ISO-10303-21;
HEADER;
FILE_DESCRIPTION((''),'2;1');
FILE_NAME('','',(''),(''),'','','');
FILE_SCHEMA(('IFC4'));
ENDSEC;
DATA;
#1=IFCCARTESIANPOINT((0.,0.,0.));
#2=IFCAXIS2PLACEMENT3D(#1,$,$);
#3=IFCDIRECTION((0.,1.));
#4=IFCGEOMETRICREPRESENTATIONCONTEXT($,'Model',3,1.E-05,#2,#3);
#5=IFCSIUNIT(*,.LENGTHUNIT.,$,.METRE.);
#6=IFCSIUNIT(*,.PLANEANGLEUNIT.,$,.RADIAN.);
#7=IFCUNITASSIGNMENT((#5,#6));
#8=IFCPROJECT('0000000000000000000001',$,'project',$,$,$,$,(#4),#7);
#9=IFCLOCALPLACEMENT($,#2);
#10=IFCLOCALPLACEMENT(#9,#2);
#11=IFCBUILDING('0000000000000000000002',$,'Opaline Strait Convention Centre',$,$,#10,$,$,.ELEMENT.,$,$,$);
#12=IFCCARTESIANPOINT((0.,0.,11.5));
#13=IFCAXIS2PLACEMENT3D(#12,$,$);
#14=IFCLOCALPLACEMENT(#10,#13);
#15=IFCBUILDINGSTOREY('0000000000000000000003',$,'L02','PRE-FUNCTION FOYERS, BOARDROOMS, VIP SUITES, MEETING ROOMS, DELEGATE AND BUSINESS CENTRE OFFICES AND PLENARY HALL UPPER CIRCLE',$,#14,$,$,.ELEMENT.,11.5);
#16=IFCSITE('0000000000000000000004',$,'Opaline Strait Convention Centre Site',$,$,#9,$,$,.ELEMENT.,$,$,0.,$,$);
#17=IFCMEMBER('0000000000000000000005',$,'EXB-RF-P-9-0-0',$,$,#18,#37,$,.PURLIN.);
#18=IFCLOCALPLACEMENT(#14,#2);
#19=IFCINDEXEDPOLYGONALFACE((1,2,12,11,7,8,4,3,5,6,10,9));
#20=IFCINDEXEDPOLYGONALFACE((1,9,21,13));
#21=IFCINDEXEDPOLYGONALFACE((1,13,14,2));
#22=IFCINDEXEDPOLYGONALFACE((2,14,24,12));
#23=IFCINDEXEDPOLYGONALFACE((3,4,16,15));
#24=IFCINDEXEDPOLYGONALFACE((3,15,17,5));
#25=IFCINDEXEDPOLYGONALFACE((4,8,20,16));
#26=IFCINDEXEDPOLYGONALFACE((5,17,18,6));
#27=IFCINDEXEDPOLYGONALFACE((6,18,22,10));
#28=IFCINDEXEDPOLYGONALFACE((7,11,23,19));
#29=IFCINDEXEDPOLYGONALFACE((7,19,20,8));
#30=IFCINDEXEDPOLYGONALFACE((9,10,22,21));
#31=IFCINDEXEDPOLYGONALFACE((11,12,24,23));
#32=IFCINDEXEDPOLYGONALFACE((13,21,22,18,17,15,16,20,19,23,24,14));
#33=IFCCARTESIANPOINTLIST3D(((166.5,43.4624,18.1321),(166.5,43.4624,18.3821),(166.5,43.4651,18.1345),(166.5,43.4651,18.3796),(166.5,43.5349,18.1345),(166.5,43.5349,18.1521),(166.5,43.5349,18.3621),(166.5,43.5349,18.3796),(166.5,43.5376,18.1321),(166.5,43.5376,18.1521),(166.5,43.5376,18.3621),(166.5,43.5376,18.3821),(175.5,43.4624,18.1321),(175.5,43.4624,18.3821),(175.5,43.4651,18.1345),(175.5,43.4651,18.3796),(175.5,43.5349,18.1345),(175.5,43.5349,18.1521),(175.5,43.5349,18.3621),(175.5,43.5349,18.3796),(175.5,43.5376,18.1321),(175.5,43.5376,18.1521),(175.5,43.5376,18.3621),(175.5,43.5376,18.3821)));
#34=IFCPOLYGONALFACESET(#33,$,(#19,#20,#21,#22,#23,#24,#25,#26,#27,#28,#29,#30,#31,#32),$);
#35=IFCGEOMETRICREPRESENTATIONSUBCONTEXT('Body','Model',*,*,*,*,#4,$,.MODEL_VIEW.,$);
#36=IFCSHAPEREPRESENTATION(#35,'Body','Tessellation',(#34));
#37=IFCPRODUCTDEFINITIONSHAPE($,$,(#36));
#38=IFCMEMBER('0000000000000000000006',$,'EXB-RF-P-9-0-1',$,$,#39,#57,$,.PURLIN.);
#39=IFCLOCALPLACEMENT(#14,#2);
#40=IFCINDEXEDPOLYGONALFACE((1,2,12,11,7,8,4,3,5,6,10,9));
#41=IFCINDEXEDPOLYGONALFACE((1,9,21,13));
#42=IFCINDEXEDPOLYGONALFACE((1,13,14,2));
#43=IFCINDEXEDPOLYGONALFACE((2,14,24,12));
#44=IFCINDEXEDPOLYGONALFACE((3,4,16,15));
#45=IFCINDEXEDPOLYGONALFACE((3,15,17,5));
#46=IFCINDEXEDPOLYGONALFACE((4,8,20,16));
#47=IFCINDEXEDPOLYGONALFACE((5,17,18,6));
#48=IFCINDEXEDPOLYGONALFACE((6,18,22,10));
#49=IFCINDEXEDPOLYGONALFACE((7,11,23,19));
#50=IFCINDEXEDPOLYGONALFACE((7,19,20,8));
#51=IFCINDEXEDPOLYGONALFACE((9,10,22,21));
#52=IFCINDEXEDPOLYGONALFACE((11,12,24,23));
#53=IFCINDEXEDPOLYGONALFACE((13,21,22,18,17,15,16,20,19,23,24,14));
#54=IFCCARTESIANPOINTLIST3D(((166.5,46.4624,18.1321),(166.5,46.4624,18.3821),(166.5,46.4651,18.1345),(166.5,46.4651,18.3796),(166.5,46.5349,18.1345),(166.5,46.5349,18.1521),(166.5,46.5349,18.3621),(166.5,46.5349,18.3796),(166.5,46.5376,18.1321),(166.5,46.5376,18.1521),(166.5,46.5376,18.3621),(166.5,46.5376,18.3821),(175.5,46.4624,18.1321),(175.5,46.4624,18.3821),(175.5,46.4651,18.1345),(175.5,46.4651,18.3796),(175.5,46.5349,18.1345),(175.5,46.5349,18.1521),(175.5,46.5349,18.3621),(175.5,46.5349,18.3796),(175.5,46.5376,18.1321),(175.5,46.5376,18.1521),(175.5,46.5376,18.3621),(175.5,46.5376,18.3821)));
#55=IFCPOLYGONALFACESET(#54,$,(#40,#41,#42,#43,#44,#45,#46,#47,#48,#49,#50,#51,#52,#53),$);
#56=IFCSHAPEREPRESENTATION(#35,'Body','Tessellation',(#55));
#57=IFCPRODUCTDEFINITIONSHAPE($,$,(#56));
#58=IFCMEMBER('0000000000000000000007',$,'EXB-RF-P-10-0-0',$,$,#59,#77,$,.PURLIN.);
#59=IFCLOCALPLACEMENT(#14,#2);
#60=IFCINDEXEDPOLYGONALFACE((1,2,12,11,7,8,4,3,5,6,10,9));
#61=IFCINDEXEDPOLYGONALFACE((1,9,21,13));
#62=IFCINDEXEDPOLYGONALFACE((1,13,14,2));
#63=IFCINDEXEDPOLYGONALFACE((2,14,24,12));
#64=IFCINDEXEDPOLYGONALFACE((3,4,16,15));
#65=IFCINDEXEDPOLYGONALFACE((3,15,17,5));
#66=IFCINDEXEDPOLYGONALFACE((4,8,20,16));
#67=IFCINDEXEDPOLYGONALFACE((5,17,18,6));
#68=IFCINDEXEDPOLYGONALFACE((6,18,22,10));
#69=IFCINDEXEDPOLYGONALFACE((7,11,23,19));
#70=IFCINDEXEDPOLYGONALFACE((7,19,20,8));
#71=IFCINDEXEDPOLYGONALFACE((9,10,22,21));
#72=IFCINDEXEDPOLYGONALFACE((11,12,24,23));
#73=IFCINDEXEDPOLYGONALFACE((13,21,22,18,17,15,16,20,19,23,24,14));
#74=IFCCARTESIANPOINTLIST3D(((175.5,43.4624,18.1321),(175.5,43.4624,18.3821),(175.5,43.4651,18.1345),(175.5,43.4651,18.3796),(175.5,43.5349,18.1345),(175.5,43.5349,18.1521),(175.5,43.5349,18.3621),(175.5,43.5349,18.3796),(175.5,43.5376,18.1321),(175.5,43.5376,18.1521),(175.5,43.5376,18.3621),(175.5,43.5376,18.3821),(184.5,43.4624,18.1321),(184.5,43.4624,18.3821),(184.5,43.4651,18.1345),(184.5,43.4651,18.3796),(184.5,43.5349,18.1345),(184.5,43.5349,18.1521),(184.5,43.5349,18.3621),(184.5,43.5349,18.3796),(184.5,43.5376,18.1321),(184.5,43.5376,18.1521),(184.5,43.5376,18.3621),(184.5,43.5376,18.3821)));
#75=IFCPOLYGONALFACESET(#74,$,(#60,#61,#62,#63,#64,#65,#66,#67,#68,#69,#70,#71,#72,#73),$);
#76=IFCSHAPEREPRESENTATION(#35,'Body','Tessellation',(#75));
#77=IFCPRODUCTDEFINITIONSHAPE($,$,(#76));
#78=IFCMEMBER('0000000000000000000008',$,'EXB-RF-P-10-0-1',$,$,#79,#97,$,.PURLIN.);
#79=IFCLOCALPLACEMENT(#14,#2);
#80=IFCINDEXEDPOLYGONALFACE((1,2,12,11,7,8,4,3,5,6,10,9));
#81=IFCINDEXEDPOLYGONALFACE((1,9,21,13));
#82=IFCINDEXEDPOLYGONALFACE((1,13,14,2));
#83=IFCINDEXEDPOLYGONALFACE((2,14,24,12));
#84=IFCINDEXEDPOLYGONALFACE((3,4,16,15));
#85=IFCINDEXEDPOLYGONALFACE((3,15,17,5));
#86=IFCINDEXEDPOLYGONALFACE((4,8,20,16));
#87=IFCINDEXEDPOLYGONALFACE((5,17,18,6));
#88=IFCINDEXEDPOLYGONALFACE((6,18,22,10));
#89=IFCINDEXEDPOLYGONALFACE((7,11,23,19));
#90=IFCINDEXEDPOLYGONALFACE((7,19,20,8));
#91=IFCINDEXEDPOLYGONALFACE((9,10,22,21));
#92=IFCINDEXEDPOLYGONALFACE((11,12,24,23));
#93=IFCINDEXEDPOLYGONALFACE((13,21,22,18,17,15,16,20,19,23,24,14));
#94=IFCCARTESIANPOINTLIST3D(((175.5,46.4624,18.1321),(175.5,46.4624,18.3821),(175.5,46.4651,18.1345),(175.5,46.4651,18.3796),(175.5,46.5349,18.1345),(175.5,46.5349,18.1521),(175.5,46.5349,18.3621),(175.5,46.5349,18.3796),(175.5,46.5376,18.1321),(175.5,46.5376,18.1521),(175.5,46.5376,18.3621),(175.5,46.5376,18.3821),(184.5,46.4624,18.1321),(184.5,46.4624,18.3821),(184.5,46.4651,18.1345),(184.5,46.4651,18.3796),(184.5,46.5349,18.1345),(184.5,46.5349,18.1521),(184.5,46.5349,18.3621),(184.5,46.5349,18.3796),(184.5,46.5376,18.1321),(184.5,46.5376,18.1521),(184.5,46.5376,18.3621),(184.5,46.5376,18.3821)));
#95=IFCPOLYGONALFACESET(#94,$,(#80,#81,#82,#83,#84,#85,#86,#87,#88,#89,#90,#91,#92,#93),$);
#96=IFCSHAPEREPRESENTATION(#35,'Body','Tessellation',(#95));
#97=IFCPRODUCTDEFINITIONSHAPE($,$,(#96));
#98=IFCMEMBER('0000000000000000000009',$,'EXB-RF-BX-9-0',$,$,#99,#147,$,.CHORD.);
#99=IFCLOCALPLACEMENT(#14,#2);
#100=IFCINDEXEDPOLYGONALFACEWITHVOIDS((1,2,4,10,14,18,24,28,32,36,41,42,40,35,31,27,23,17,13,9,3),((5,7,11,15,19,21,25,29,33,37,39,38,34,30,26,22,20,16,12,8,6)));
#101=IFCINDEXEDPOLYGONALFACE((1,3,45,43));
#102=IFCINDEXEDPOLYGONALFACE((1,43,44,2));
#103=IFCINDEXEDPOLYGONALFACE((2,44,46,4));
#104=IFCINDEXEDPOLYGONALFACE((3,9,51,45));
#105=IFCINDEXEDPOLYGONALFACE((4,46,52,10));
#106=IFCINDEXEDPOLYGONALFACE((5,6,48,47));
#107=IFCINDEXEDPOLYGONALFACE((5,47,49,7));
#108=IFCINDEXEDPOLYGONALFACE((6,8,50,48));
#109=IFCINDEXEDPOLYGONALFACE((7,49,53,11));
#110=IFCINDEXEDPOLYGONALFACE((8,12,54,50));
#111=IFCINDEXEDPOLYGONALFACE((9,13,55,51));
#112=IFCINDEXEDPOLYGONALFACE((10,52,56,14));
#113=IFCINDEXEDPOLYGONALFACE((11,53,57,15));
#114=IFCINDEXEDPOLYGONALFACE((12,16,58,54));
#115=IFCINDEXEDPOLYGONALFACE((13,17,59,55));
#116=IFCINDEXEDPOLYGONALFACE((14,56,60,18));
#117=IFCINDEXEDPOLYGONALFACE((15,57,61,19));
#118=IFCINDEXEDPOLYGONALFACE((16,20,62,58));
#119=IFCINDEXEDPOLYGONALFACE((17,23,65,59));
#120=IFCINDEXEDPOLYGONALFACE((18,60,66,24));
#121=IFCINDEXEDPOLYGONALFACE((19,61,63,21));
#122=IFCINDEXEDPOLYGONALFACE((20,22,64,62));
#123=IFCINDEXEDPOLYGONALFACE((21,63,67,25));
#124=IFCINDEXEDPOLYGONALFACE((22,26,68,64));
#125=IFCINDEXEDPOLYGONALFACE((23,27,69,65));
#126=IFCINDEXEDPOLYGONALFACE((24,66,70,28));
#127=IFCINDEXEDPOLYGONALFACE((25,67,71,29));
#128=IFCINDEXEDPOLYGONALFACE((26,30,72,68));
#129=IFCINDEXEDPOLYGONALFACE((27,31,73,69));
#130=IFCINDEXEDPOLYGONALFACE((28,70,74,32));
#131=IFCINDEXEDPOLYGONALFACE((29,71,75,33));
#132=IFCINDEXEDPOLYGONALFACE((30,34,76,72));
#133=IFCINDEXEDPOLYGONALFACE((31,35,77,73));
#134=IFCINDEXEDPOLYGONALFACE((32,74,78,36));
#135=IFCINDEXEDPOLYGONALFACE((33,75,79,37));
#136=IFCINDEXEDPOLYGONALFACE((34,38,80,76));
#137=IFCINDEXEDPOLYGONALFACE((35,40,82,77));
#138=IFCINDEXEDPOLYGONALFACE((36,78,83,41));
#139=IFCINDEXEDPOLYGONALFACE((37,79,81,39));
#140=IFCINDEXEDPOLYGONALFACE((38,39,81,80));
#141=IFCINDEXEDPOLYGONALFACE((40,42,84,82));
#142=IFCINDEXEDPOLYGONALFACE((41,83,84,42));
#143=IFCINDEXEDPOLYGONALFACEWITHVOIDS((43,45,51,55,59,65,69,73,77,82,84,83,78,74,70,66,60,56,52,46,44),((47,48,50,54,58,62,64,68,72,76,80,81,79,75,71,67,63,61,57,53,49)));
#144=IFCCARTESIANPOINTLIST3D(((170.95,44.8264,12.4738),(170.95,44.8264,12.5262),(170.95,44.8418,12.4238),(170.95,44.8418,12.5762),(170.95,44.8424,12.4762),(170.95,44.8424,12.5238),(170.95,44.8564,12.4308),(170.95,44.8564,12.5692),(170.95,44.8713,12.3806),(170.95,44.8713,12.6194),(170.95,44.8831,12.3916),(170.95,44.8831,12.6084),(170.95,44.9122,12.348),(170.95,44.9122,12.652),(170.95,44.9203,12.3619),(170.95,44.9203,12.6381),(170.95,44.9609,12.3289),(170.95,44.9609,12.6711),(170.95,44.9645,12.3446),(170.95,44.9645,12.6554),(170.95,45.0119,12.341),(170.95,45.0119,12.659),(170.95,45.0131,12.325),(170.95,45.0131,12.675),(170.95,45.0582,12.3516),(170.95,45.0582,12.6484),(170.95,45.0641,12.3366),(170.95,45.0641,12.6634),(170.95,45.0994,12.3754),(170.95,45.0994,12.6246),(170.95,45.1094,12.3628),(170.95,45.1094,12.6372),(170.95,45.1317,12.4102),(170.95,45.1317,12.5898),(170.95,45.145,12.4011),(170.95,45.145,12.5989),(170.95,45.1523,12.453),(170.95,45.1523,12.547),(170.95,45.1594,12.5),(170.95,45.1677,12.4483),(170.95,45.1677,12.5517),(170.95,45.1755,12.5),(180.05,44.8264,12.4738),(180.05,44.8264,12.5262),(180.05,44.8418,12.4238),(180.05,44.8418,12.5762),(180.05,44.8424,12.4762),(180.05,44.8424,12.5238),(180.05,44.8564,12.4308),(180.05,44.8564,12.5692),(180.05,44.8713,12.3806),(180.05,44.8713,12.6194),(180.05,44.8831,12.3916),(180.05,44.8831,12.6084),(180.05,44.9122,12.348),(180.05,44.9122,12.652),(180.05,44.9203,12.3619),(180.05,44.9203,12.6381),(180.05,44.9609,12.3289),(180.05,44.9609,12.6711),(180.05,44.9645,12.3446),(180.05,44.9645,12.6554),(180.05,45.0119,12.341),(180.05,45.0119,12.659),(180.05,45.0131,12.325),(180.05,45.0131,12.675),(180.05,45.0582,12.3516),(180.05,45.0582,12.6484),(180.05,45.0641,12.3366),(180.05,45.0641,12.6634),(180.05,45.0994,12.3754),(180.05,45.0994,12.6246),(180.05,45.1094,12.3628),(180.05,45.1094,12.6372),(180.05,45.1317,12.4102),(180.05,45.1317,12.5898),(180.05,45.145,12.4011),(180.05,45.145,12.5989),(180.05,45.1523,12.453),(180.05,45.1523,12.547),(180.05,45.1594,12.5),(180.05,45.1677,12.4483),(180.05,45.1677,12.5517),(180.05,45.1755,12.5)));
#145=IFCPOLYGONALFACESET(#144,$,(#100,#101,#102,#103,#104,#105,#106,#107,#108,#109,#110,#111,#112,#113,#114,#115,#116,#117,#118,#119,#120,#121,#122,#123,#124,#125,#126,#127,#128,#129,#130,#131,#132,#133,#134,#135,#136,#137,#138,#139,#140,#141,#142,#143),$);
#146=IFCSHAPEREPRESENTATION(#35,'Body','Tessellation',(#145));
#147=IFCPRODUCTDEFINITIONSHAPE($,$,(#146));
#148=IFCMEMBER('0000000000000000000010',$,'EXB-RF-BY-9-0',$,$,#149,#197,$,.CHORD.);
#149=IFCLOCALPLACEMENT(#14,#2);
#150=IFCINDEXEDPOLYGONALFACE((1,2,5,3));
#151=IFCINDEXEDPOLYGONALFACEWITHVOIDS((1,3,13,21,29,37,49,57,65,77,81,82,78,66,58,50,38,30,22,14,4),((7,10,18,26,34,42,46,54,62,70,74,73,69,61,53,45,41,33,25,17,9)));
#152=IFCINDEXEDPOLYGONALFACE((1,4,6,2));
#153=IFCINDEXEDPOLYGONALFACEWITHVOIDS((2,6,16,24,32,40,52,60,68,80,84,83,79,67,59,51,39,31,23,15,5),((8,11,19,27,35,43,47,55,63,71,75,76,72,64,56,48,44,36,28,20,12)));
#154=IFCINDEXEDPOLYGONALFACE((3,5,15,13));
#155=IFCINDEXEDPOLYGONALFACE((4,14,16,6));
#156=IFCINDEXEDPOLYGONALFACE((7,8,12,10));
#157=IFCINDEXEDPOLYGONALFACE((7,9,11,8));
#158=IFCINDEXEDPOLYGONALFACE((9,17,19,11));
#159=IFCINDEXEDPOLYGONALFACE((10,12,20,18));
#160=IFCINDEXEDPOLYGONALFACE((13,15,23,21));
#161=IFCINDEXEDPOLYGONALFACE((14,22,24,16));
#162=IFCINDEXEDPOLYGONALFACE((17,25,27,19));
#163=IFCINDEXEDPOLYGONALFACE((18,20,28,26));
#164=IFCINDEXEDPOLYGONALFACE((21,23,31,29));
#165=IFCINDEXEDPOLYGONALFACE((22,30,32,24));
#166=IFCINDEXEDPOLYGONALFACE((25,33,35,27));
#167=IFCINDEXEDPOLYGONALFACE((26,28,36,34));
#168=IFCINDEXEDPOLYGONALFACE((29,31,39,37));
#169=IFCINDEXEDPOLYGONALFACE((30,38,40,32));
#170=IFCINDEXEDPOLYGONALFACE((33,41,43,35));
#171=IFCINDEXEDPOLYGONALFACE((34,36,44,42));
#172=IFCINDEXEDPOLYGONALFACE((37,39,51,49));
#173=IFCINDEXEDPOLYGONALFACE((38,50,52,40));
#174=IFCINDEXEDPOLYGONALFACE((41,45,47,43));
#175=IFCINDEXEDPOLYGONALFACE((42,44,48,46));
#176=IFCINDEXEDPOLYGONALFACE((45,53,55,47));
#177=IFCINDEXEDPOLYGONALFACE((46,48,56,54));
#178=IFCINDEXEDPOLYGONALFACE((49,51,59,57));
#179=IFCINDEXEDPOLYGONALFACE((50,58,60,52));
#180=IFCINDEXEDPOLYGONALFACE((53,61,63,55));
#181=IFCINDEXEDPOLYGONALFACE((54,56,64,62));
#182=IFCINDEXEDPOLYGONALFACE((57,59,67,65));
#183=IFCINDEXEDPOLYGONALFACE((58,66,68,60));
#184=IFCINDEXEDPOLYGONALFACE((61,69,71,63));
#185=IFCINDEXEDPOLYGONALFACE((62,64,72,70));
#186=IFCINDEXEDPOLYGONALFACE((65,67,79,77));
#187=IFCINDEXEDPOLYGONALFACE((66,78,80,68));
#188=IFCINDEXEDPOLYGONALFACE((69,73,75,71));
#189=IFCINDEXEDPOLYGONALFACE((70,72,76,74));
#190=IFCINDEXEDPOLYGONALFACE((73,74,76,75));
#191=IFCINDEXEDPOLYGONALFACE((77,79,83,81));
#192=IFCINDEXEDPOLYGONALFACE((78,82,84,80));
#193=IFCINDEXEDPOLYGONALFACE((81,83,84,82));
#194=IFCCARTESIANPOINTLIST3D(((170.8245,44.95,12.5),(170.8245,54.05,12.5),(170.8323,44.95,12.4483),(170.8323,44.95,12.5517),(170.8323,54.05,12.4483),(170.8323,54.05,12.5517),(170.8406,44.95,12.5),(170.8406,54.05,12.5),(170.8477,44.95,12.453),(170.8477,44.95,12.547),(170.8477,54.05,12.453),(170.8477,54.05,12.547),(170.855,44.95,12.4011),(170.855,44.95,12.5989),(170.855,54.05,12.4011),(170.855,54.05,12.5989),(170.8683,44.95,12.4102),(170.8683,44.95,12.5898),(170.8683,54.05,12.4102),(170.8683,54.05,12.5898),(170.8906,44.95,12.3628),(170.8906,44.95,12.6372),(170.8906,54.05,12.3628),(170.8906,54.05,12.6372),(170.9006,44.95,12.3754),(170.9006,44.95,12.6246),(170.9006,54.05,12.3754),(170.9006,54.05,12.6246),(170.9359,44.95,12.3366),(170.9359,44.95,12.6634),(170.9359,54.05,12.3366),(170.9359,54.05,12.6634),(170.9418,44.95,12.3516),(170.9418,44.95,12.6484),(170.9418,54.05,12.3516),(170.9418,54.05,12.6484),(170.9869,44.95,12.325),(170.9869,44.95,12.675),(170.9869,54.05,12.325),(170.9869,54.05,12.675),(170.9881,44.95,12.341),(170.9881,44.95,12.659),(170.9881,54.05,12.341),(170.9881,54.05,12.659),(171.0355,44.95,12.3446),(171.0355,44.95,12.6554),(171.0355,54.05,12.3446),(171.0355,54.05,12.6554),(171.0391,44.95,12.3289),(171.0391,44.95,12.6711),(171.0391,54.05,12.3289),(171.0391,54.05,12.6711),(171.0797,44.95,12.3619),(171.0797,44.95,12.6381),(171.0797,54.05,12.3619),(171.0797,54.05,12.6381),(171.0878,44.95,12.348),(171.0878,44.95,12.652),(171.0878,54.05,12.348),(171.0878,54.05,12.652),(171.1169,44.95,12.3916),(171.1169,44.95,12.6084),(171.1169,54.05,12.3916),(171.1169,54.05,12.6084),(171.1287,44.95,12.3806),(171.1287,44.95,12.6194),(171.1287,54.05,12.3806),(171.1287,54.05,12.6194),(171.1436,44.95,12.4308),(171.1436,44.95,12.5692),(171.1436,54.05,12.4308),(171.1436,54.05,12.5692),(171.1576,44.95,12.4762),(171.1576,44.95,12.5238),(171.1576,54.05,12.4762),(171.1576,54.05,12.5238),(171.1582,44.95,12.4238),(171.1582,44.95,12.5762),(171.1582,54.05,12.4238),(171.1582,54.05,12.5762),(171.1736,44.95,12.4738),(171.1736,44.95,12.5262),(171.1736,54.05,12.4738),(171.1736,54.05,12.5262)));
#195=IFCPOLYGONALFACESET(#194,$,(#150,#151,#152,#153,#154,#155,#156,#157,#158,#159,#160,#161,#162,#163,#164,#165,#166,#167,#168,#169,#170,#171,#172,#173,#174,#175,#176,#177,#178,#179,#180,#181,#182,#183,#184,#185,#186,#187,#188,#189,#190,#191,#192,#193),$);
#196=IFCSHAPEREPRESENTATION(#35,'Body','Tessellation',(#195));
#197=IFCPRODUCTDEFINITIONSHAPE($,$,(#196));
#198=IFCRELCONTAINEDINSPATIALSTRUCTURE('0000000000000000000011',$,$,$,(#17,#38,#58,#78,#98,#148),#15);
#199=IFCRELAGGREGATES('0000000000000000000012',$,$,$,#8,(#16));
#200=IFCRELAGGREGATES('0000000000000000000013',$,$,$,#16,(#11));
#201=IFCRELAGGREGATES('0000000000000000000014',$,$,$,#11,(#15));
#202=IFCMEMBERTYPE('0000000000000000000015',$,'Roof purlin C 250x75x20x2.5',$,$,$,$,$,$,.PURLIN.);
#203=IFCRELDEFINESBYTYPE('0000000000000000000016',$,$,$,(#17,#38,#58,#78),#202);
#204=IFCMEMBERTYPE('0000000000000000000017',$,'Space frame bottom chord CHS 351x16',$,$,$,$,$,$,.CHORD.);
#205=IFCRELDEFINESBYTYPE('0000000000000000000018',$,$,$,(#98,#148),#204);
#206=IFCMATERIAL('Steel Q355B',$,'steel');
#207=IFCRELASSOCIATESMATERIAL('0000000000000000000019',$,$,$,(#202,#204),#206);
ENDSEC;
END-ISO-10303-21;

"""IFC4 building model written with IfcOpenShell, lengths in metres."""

from ifc_helpers import new_model, si_unit, direction, frame, origin, origin_2d, place, context, subcontext, project, spatial, polyline, hollow_circle, outline, extrude, material, material_profile, profile_set, type_object, element, save


model = new_model("IFC4")

# Units and contexts
model_context = context("Model", 3, precision=1e-05, world=origin(), true_north=direction((0.0, 1.0)))
body_context = subcontext(model_context, "Body", "Model", "MODEL_VIEW")
ifc_project = project(units=[si_unit("LENGTHUNIT", "METRE"), si_unit("PLANEANGLEUNIT", "RADIAN")], contexts=[model_context])

# Site, building, storey
site_placement = place(None, origin())
site = spatial("IfcSite", under=ifc_project, at=site_placement, Name="Opaline Strait Convention Centre Site", CompositionType="ELEMENT", RefElevation=0.0)
building_placement = place(site_placement, origin())
building = spatial("IfcBuilding", under=site, at=building_placement, Name="Opaline Strait Convention Centre", CompositionType="ELEMENT")
storey_placement = place(building_placement, frame((0.0, 0.0, 11.5)))
storey = spatial("IfcBuildingStorey", under=building, at=storey_placement, Name="L02", Description="PRE-FUNCTION FOYERS, BOARDROOMS, VIP SUITES, MEETING ROOMS, DELEGATE AND BUSINESS CENTRE OFFICES AND PLENARY HALL UPPER CIRCLE", CompositionType="ELEMENT", Elevation=11.5)

# Members
ifc_material_1 = material(Name="Steel Q355B", Category="steel")
ifc_material_profile_1 = material_profile(ifc_material_1, outline(polyline([(-0.0376, -0.125), (0.0376, -0.125), (0.0376, -0.105), (0.0349, -0.105), (0.0349, -0.1226), (-0.0349, -0.1226), (-0.0349, 0.1226), (0.0349, 0.1226), (0.0349, 0.105), (0.0376, 0.105), (0.0376, 0.125), (-0.0376, 0.125), (-0.0376, -0.125)])), Name="C 250x75x20x2.5")
ifc_profile_set_1 = profile_set([ifc_material_profile_1], Name="Steel Q355B")
member_type_1 = type_object("IfcMemberType", Name="Roof purlin C 250x75x20x2.5", PredefinedType="PURLIN", material=ifc_profile_set_1)
for number, where, z_axis, x_axis, name in (
    (1, (166.5, 43.5, 18.2571), (1.0, 0.0, 0.0), (0.0, 1.0, 0.0), "EXB-RF-P-9-0-0"),
    (2, (166.5, 46.5, 18.2571), (1.0, 0.0, 0.0), (0.0, 1.0, 0.0), "EXB-RF-P-9-0-1"),
    (3, (175.5, 43.5, 18.2571), (1.0, 0.0, 0.0), (0.0, 1.0, 0.0), "EXB-RF-P-10-0-0"),
    (4, (175.5, 46.5, 18.2571), (1.0, 0.0, 0.0), (0.0, 1.0, 0.0), "EXB-RF-P-10-0-1"),
):
    element("IfcMember", number, at=place(storey_placement, frame(where, z_axis=z_axis, x_axis=x_axis)), inside=storey, type_object=member_type_1, Name=name, PredefinedType="PURLIN", context=body_context, shape_type="SweptSolid", body=[
        extrude(outline(polyline([(-0.0376, -0.125), (0.0376, -0.125), (0.0376, -0.105), (0.0349, -0.105), (0.0349, -0.1226), (-0.0349, -0.1226), (-0.0349, 0.1226), (0.0349, 0.1226), (0.0349, 0.105), (0.0376, 0.105), (0.0376, 0.125), (-0.0376, 0.125), (-0.0376, -0.125)])), origin(), (0.0, 0.0, 1.0), 9.0),
    ])
ifc_material_profile_2 = material_profile(ifc_material_1, hollow_circle(Radius=0.1755, WallThickness=0.0161, at=origin_2d()), Name="CHS 351x16")
ifc_profile_set_2 = profile_set([ifc_material_profile_2], Name="Steel Q355B")
member_type_2 = type_object("IfcMemberType", Name="Space frame bottom chord CHS 351x16", PredefinedType="CHORD", material=ifc_profile_set_2)
for number, where, z_axis, x_axis, name in (
    (5, (170.95, 45.0, 12.5), (1.0, 0.0, 0.0), (0.0, 1.0, 0.0), "EXB-RF-BX-9-0"),
    (6, (171.0, 44.95, 12.5), (0.0, 1.0, 0.0), (-1.0, 0.0, 0.0), "EXB-RF-BY-9-0"),
):
    element("IfcMember", number, at=place(storey_placement, frame(where, z_axis=z_axis, x_axis=x_axis)), inside=storey, type_object=member_type_2, Name=name, PredefinedType="CHORD", context=body_context, shape_type="SweptSolid", body=[
        extrude(hollow_circle(Radius=0.1755, WallThickness=0.0161, at=origin_2d()), origin(), (0.0, 0.0, 1.0), 9.1001),
    ])

save(model, "model.ifc")
